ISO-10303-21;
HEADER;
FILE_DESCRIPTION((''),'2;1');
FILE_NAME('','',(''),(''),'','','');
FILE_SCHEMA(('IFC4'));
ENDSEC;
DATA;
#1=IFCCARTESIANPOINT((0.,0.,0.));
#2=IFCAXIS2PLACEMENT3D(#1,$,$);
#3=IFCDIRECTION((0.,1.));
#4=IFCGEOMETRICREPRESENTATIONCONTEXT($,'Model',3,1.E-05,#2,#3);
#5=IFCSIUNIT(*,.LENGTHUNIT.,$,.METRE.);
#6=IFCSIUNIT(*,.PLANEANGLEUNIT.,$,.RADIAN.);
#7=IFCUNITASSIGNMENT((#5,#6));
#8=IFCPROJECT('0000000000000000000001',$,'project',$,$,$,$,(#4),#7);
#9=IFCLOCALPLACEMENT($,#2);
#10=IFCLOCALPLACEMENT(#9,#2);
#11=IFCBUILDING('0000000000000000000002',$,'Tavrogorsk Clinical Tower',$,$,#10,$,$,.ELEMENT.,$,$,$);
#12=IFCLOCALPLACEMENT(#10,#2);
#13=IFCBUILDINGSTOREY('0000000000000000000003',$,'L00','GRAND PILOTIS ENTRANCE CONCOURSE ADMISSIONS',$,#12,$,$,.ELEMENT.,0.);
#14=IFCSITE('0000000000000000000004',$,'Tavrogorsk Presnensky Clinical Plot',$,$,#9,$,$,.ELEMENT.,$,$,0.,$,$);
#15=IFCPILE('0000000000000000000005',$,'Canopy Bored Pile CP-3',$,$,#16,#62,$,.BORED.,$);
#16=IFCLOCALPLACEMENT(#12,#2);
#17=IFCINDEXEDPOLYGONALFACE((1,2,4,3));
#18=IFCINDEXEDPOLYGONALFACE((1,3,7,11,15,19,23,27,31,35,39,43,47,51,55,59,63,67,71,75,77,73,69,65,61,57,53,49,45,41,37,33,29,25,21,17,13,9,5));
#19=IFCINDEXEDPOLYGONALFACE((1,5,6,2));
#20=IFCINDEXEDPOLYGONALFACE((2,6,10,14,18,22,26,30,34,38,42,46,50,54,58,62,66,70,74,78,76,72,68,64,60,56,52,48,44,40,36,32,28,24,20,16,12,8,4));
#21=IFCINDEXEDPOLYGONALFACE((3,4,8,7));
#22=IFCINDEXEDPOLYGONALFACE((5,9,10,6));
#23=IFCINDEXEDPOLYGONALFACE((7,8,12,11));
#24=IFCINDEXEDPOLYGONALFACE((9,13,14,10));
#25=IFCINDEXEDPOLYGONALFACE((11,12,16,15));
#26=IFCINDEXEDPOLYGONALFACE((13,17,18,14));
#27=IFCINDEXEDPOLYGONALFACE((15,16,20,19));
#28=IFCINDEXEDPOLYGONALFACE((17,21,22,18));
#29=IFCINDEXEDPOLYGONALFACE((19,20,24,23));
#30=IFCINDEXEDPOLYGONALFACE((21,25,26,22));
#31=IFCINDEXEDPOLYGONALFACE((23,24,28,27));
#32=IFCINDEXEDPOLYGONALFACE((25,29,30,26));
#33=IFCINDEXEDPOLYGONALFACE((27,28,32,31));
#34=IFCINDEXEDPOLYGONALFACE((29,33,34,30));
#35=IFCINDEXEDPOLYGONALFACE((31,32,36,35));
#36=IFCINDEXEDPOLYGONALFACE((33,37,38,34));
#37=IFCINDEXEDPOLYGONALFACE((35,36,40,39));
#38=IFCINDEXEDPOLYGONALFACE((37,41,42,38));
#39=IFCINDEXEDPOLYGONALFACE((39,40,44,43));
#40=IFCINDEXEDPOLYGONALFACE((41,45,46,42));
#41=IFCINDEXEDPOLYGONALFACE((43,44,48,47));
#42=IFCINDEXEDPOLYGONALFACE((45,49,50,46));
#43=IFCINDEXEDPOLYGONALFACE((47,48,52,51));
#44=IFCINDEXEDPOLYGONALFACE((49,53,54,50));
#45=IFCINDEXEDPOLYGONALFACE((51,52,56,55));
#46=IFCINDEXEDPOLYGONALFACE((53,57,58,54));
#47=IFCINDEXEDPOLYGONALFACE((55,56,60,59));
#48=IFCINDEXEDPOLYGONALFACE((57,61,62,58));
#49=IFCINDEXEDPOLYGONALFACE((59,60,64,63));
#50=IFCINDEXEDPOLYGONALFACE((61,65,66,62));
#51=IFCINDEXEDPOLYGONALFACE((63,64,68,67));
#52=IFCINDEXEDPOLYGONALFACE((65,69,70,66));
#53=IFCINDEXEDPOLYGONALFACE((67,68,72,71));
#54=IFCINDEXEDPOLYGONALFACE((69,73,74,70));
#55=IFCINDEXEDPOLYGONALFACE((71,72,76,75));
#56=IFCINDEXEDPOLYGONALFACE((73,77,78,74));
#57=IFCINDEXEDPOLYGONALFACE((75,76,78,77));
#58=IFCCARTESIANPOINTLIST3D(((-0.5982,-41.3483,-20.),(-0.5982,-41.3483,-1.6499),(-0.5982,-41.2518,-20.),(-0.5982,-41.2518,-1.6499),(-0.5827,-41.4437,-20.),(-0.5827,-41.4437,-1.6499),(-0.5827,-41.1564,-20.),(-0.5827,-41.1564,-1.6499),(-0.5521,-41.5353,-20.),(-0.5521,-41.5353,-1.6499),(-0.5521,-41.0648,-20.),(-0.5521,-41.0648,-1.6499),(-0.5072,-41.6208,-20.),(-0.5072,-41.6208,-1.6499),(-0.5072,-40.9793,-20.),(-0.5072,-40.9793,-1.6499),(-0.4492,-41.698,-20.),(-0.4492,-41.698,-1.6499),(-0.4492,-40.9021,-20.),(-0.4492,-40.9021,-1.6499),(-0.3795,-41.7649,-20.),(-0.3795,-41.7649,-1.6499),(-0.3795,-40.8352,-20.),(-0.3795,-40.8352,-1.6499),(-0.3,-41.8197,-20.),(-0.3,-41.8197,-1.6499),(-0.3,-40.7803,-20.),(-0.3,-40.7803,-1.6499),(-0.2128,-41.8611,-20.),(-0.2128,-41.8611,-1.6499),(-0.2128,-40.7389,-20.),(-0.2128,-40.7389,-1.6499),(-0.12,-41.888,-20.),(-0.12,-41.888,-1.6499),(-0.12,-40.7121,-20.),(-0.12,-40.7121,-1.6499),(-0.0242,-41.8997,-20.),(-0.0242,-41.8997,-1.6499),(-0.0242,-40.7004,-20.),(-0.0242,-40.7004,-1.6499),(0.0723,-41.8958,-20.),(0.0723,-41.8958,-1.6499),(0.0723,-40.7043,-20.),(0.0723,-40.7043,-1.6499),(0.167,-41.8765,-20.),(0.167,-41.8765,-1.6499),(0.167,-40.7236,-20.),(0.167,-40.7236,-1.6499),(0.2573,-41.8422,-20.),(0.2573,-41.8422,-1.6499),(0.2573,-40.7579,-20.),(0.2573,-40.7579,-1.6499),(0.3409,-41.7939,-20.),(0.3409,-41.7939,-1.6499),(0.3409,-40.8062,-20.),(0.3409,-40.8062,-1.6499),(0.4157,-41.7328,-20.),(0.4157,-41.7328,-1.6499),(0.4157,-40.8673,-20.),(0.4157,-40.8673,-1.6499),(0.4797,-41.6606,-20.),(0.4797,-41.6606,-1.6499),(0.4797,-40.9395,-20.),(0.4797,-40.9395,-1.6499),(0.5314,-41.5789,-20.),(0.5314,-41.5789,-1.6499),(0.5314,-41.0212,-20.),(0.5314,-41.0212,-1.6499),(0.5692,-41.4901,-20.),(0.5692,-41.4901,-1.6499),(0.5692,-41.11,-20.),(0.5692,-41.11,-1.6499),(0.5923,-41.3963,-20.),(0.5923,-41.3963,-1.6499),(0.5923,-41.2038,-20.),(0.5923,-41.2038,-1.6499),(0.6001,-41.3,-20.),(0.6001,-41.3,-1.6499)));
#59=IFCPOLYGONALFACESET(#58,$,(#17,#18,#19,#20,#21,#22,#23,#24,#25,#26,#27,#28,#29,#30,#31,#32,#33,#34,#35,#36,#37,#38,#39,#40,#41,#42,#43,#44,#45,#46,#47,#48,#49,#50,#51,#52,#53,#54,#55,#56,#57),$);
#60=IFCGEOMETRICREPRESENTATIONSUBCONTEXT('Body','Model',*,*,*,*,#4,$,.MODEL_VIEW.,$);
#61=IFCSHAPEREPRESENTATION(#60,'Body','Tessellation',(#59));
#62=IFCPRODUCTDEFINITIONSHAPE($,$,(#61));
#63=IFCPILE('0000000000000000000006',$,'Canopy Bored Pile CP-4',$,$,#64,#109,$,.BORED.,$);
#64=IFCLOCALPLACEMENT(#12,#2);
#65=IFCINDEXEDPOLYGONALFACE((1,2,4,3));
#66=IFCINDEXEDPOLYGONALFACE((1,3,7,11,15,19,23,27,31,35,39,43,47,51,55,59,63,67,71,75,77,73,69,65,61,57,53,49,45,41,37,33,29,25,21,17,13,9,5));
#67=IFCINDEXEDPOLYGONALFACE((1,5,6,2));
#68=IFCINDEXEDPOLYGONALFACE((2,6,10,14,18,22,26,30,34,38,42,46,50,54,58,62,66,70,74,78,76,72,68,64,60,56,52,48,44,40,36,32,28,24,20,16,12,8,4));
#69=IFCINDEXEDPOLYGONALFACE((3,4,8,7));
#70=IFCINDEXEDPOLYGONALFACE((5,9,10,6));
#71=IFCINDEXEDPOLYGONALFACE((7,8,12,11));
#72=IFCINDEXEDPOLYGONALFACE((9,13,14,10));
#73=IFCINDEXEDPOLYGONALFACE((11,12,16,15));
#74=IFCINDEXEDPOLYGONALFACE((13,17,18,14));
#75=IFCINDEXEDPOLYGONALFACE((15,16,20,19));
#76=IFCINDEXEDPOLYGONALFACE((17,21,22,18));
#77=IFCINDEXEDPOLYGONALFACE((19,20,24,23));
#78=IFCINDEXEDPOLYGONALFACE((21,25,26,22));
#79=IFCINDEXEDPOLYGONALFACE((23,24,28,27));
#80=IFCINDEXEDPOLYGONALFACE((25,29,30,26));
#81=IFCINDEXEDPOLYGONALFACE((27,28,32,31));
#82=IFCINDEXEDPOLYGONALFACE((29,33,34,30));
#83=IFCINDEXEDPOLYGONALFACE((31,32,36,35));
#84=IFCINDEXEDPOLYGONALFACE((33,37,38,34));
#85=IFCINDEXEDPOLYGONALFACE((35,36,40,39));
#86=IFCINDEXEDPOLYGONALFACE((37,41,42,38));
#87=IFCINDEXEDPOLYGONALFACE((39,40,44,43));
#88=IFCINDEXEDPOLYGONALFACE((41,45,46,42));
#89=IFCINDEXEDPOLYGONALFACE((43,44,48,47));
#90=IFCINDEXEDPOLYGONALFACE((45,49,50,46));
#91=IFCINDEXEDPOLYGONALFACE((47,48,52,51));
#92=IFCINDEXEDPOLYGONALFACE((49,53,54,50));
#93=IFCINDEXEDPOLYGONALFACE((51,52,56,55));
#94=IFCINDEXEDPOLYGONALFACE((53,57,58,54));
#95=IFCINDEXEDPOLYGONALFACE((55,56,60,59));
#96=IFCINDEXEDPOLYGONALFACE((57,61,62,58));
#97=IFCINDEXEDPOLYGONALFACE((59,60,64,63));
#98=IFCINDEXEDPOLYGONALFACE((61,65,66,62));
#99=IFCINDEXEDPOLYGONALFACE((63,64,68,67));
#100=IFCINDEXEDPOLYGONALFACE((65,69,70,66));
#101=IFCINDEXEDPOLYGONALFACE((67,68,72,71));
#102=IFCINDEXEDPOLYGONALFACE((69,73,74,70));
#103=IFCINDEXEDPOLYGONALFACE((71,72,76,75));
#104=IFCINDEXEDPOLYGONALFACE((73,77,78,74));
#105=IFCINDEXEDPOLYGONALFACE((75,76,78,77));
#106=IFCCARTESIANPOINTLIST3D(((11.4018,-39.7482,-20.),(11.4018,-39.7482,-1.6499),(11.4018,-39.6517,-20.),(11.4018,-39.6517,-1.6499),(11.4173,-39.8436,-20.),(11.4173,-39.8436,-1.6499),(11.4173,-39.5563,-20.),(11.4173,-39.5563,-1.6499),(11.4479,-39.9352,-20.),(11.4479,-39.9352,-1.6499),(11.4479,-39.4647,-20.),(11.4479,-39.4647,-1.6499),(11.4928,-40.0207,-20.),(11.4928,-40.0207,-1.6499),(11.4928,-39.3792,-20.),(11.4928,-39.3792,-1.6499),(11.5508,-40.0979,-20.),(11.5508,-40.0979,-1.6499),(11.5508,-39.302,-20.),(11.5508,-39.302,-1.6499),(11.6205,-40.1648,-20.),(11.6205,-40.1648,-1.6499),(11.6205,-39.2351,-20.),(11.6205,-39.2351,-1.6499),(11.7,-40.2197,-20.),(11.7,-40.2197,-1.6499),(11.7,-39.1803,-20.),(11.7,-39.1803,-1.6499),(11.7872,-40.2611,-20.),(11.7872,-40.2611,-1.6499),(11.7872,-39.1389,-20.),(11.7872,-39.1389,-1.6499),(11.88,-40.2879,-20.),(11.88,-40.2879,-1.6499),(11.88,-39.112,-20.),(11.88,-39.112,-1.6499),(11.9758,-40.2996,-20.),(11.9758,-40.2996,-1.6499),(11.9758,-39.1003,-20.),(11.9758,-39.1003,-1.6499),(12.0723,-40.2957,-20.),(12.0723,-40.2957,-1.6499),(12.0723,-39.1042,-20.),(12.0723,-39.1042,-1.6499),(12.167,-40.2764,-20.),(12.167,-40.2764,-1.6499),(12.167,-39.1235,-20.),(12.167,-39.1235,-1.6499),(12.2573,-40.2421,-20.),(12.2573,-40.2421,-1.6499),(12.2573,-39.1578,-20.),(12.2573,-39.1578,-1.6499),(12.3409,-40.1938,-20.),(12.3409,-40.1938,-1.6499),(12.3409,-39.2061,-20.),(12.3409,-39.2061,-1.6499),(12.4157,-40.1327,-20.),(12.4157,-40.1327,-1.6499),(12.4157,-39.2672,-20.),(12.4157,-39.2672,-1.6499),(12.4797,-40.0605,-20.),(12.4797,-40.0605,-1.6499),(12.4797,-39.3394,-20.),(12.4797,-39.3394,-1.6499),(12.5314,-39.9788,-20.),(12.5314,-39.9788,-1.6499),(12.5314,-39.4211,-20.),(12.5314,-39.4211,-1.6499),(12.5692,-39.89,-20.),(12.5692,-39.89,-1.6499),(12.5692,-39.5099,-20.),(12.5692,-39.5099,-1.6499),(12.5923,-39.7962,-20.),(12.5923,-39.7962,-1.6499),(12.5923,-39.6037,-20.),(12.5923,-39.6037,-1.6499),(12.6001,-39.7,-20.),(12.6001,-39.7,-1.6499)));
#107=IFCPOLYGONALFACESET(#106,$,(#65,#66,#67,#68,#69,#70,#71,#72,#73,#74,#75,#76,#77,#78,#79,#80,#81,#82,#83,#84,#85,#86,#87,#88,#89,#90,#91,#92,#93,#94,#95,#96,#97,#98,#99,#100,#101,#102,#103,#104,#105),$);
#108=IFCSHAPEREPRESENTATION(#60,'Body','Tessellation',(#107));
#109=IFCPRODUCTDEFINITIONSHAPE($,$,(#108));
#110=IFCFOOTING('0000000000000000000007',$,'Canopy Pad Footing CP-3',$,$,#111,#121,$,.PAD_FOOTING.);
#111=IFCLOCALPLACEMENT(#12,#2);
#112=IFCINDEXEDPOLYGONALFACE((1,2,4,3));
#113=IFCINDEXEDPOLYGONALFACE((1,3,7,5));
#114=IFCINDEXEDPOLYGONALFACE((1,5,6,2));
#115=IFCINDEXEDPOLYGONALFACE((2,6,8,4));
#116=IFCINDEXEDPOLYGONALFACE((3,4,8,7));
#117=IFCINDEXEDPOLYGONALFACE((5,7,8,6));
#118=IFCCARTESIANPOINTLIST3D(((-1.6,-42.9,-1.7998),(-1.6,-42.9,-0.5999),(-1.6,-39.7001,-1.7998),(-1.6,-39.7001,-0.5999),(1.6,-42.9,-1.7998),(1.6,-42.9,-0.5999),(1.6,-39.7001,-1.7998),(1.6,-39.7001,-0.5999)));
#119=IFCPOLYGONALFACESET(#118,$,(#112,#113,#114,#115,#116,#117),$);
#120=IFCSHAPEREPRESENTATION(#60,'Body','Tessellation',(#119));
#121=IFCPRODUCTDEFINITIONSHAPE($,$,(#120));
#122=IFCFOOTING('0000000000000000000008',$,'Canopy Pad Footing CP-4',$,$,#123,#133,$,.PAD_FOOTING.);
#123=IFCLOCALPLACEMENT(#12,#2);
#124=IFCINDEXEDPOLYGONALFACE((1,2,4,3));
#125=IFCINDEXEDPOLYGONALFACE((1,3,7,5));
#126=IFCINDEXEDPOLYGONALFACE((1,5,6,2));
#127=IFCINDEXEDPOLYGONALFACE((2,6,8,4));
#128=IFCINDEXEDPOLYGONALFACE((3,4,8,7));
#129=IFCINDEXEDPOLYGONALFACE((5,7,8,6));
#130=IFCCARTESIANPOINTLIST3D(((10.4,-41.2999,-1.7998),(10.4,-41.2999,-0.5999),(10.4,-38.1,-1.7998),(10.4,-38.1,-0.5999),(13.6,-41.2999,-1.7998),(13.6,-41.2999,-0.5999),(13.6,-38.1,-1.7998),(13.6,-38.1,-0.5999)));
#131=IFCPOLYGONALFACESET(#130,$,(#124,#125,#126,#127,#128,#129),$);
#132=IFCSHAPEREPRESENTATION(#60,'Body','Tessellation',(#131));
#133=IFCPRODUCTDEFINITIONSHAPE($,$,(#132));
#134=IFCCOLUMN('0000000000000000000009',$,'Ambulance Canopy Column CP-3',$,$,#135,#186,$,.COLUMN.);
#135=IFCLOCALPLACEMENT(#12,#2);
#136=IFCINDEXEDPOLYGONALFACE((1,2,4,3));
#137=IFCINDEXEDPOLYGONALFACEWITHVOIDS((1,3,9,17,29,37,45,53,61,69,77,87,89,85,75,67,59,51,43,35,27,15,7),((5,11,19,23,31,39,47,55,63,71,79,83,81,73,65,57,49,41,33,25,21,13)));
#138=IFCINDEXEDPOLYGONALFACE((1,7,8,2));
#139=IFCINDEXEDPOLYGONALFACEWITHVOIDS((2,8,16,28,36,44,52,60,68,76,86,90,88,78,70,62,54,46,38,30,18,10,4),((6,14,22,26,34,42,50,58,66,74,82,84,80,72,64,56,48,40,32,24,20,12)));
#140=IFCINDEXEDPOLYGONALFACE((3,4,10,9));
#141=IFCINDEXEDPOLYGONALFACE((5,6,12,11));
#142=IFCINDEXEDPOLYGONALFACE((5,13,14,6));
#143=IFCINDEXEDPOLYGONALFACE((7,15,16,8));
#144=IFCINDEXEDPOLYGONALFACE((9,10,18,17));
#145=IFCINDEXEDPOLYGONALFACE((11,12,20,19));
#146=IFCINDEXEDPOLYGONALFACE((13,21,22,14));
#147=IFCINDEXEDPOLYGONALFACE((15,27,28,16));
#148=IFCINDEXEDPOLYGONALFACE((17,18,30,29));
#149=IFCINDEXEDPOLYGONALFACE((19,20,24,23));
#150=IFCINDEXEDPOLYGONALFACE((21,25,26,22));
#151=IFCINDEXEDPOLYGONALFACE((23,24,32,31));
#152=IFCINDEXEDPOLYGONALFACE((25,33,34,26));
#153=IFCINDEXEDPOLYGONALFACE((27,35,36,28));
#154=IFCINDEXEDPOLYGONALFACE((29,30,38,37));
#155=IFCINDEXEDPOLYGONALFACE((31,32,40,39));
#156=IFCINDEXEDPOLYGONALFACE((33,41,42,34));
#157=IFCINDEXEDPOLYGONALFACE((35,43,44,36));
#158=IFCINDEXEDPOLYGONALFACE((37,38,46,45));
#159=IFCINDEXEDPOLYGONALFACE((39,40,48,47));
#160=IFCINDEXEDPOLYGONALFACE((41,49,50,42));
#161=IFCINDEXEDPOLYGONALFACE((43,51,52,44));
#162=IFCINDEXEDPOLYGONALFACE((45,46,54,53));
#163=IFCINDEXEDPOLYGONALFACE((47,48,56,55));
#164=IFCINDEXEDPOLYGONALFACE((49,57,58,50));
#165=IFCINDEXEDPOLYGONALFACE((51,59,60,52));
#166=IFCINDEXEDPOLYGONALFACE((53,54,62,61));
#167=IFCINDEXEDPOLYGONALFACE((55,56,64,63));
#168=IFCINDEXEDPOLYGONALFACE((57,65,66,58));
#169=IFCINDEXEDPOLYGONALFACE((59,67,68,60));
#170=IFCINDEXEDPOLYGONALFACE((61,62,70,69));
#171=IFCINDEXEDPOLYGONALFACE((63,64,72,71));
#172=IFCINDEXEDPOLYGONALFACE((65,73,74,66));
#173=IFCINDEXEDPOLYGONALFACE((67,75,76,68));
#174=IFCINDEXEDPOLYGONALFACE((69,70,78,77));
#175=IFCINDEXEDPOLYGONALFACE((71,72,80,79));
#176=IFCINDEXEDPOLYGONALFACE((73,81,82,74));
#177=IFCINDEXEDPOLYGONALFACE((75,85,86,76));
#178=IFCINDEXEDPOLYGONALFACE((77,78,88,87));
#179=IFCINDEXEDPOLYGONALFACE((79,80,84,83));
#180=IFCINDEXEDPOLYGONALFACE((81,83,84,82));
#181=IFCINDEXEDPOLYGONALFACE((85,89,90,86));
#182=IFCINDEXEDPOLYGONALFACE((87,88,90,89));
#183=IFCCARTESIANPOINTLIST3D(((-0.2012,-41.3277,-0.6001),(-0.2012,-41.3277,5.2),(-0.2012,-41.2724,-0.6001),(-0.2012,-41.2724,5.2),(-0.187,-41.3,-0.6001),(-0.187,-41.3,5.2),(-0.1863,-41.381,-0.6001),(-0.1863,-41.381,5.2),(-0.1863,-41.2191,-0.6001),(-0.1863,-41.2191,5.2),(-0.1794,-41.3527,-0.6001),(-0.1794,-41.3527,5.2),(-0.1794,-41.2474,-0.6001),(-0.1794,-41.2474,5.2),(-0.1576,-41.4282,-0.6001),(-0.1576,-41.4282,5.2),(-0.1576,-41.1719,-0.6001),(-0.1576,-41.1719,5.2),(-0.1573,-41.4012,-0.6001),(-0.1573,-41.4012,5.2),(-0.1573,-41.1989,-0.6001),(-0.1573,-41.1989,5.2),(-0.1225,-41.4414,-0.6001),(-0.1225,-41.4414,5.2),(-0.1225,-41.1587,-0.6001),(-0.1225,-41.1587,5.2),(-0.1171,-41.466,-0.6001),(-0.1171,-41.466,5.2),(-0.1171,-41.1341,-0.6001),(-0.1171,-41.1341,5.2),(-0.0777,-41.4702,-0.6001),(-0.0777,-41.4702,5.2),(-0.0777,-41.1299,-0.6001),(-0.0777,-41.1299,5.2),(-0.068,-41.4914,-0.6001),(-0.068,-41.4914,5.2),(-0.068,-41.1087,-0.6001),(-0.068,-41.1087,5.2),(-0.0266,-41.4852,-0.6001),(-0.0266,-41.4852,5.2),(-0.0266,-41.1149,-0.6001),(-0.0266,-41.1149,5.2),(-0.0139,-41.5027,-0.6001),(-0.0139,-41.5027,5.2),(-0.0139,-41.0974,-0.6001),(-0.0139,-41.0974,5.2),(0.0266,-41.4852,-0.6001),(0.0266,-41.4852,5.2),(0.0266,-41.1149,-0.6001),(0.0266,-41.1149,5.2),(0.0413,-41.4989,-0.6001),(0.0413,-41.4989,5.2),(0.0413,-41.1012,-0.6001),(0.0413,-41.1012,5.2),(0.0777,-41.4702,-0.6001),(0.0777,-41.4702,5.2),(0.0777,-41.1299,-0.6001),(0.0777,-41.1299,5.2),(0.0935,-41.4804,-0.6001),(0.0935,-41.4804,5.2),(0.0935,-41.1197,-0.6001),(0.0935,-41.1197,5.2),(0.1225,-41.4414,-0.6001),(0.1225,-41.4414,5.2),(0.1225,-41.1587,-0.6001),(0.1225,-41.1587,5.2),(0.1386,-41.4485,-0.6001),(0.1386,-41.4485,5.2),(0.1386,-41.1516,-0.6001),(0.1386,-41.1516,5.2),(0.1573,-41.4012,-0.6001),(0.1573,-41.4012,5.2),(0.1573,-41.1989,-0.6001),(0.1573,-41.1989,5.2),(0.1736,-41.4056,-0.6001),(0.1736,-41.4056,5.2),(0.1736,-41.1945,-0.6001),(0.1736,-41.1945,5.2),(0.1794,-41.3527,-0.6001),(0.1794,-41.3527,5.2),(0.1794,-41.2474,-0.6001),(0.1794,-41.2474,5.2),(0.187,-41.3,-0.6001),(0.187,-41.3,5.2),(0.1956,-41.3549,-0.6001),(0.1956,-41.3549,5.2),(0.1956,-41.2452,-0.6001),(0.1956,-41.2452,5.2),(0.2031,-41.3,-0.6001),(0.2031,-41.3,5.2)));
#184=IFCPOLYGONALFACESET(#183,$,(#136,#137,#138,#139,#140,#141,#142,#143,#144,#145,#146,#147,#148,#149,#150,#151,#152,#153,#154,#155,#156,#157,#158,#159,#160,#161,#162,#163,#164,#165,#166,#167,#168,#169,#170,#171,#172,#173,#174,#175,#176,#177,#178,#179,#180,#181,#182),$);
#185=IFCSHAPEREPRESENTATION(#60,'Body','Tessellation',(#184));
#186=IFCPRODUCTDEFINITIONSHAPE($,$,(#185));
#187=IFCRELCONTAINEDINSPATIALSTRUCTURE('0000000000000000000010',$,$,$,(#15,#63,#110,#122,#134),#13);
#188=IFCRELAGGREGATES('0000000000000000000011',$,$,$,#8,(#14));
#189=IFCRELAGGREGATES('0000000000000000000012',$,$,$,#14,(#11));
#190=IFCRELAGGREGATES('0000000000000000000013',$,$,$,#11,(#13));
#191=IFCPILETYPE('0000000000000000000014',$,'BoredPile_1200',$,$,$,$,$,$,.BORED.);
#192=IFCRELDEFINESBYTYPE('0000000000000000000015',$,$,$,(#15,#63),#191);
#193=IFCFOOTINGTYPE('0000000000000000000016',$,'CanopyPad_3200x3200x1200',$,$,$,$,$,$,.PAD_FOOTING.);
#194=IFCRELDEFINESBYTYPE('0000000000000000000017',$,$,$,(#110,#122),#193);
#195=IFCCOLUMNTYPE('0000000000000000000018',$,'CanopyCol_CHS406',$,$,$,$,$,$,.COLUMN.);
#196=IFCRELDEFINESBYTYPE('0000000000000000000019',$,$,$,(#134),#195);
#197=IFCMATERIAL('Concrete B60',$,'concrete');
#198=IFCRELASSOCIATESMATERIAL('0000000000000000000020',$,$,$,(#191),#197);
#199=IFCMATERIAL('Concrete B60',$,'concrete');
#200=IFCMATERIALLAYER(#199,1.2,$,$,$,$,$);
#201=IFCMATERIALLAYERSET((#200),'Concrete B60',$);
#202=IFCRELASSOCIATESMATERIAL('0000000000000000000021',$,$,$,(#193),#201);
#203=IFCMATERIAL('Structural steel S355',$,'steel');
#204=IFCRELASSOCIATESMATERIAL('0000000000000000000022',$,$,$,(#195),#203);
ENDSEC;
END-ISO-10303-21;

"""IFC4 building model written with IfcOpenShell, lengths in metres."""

from ifc_helpers import new_model, si_unit, direction, frame, origin, origin_2d, place, context, subcontext, project, spatial, rectangle, circle, hollow_circle, extrude, material, layer, layer_set, material_profile, profile_set, type_object, element, save


model = new_model("IFC4")

# Units and contexts
model_context = context("Model", 3, precision=1e-05, world=origin(), true_north=direction((0.0, 1.0)))
body_context = subcontext(model_context, "Body", "Model", "MODEL_VIEW")
ifc_project = project(units=[si_unit("LENGTHUNIT", "METRE"), si_unit("PLANEANGLEUNIT", "RADIAN")], contexts=[model_context])

# Site, building, storey
site_placement = place(None, origin())
site = spatial("IfcSite", under=ifc_project, at=site_placement, Name="Tavrogorsk Presnensky Clinical Plot", CompositionType="ELEMENT", RefElevation=0.0)
building_placement = place(site_placement, origin())
building = spatial("IfcBuilding", under=site, at=building_placement, Name="Tavrogorsk Clinical Tower", CompositionType="ELEMENT")
storey_placement = place(building_placement, origin())
storey = spatial("IfcBuildingStorey", under=building, at=storey_placement, Name="L00", Description="GRAND PILOTIS ENTRANCE CONCOURSE ADMISSIONS", CompositionType="ELEMENT", Elevation=0.0)

# Piles
ifc_material_1 = material(Name="Concrete B60", Category="concrete")
ifc_material_profile_1 = material_profile(ifc_material_1, circle(Radius=0.6001, at=origin_2d()), Name="BORED-PILE-1200")
ifc_profile_set_1 = profile_set([ifc_material_profile_1], Name="Concrete B60")
pile_type = type_object("IfcPileType", Name="BoredPile_1200", PredefinedType="BORED", material=ifc_profile_set_1)
for number, where, z_axis, x_axis, name in (
    (1, (0.0, -41.3, -1.6499), (0.0, 0.0, -1.0), (1.0, 0.0, 0.0), "Canopy Bored Pile CP-3"),
    (2, (12.0, -39.7, -1.6499), (0.0, 0.0, -1.0), (1.0, 0.0, 0.0), "Canopy Bored Pile CP-4"),
):
    element("IfcPile", number, at=place(storey_placement, frame(where, z_axis=z_axis, x_axis=x_axis)), inside=storey, type_object=pile_type, Name=name, PredefinedType="BORED", context=body_context, shape_type="SweptSolid", body=[
        extrude(circle(Radius=0.6001, at=origin_2d()), origin(), (0.0, 0.0, 1.0), 18.3501),
    ])

# Footings
ifc_material_2 = material(Name="Concrete B60", Category="concrete")
ifc_layer_1 = layer(ifc_material_2, 1.2)
ifc_layer_set_1 = layer_set([ifc_layer_1], Name="Concrete B60")
footing_type = type_object("IfcFootingType", Name="CanopyPad_3200x3200x1200", PredefinedType="PAD_FOOTING", material=ifc_layer_set_1)
for number, where, z_axis, x_axis, name in (
    (3, (0.0, -41.3, -1.7998), (0.0, 0.0, 1.0), (1.0, 0.0, 0.0), "Canopy Pad Footing CP-3"),
    (4, (12.0, -39.7, -1.7998), (0.0, 0.0, 1.0), (1.0, 0.0, 0.0), "Canopy Pad Footing CP-4"),
):
    element("IfcFooting", number, at=place(storey_placement, frame(where, z_axis=z_axis, x_axis=x_axis)), inside=storey, type_object=footing_type, Name=name, PredefinedType="PAD_FOOTING", context=body_context, shape_type="SweptSolid", body=[
        extrude(rectangle(XDim=3.2, YDim=3.2, at=origin_2d()), origin(), (0.0, 0.0, 1.0), 1.2),
    ])

# Column
ifc_material_3 = material(Name="Structural steel S355", Category="steel")
ifc_material_profile_2 = material_profile(ifc_material_3, hollow_circle(Radius=0.2031, WallThickness=0.0161, at=origin_2d()), Name="CHS-406.4x16")
ifc_profile_set_2 = profile_set([ifc_material_profile_2], Name="Structural steel S355")
column_type_1 = type_object("IfcColumnType", Name="CanopyCol_CHS406", PredefinedType="COLUMN", material=ifc_profile_set_2)
for number, where, z_axis, x_axis, name in (
    (5, (0.0, -41.3, -0.6001), (0.0, 0.0, 1.0), (1.0, 0.0, 0.0), "Ambulance Canopy Column CP-3"),
):
    element("IfcColumn", number, at=place(storey_placement, frame(where, z_axis=z_axis, x_axis=x_axis)), inside=storey, type_object=column_type_1, Name=name, PredefinedType="COLUMN", context=body_context, shape_type="SweptSolid", body=[
        extrude(hollow_circle(Radius=0.2031, WallThickness=0.0161, at=origin_2d()), origin(), (0.0, 0.0, 1.0), 5.8),
    ])

save(model, "model.ifc")
